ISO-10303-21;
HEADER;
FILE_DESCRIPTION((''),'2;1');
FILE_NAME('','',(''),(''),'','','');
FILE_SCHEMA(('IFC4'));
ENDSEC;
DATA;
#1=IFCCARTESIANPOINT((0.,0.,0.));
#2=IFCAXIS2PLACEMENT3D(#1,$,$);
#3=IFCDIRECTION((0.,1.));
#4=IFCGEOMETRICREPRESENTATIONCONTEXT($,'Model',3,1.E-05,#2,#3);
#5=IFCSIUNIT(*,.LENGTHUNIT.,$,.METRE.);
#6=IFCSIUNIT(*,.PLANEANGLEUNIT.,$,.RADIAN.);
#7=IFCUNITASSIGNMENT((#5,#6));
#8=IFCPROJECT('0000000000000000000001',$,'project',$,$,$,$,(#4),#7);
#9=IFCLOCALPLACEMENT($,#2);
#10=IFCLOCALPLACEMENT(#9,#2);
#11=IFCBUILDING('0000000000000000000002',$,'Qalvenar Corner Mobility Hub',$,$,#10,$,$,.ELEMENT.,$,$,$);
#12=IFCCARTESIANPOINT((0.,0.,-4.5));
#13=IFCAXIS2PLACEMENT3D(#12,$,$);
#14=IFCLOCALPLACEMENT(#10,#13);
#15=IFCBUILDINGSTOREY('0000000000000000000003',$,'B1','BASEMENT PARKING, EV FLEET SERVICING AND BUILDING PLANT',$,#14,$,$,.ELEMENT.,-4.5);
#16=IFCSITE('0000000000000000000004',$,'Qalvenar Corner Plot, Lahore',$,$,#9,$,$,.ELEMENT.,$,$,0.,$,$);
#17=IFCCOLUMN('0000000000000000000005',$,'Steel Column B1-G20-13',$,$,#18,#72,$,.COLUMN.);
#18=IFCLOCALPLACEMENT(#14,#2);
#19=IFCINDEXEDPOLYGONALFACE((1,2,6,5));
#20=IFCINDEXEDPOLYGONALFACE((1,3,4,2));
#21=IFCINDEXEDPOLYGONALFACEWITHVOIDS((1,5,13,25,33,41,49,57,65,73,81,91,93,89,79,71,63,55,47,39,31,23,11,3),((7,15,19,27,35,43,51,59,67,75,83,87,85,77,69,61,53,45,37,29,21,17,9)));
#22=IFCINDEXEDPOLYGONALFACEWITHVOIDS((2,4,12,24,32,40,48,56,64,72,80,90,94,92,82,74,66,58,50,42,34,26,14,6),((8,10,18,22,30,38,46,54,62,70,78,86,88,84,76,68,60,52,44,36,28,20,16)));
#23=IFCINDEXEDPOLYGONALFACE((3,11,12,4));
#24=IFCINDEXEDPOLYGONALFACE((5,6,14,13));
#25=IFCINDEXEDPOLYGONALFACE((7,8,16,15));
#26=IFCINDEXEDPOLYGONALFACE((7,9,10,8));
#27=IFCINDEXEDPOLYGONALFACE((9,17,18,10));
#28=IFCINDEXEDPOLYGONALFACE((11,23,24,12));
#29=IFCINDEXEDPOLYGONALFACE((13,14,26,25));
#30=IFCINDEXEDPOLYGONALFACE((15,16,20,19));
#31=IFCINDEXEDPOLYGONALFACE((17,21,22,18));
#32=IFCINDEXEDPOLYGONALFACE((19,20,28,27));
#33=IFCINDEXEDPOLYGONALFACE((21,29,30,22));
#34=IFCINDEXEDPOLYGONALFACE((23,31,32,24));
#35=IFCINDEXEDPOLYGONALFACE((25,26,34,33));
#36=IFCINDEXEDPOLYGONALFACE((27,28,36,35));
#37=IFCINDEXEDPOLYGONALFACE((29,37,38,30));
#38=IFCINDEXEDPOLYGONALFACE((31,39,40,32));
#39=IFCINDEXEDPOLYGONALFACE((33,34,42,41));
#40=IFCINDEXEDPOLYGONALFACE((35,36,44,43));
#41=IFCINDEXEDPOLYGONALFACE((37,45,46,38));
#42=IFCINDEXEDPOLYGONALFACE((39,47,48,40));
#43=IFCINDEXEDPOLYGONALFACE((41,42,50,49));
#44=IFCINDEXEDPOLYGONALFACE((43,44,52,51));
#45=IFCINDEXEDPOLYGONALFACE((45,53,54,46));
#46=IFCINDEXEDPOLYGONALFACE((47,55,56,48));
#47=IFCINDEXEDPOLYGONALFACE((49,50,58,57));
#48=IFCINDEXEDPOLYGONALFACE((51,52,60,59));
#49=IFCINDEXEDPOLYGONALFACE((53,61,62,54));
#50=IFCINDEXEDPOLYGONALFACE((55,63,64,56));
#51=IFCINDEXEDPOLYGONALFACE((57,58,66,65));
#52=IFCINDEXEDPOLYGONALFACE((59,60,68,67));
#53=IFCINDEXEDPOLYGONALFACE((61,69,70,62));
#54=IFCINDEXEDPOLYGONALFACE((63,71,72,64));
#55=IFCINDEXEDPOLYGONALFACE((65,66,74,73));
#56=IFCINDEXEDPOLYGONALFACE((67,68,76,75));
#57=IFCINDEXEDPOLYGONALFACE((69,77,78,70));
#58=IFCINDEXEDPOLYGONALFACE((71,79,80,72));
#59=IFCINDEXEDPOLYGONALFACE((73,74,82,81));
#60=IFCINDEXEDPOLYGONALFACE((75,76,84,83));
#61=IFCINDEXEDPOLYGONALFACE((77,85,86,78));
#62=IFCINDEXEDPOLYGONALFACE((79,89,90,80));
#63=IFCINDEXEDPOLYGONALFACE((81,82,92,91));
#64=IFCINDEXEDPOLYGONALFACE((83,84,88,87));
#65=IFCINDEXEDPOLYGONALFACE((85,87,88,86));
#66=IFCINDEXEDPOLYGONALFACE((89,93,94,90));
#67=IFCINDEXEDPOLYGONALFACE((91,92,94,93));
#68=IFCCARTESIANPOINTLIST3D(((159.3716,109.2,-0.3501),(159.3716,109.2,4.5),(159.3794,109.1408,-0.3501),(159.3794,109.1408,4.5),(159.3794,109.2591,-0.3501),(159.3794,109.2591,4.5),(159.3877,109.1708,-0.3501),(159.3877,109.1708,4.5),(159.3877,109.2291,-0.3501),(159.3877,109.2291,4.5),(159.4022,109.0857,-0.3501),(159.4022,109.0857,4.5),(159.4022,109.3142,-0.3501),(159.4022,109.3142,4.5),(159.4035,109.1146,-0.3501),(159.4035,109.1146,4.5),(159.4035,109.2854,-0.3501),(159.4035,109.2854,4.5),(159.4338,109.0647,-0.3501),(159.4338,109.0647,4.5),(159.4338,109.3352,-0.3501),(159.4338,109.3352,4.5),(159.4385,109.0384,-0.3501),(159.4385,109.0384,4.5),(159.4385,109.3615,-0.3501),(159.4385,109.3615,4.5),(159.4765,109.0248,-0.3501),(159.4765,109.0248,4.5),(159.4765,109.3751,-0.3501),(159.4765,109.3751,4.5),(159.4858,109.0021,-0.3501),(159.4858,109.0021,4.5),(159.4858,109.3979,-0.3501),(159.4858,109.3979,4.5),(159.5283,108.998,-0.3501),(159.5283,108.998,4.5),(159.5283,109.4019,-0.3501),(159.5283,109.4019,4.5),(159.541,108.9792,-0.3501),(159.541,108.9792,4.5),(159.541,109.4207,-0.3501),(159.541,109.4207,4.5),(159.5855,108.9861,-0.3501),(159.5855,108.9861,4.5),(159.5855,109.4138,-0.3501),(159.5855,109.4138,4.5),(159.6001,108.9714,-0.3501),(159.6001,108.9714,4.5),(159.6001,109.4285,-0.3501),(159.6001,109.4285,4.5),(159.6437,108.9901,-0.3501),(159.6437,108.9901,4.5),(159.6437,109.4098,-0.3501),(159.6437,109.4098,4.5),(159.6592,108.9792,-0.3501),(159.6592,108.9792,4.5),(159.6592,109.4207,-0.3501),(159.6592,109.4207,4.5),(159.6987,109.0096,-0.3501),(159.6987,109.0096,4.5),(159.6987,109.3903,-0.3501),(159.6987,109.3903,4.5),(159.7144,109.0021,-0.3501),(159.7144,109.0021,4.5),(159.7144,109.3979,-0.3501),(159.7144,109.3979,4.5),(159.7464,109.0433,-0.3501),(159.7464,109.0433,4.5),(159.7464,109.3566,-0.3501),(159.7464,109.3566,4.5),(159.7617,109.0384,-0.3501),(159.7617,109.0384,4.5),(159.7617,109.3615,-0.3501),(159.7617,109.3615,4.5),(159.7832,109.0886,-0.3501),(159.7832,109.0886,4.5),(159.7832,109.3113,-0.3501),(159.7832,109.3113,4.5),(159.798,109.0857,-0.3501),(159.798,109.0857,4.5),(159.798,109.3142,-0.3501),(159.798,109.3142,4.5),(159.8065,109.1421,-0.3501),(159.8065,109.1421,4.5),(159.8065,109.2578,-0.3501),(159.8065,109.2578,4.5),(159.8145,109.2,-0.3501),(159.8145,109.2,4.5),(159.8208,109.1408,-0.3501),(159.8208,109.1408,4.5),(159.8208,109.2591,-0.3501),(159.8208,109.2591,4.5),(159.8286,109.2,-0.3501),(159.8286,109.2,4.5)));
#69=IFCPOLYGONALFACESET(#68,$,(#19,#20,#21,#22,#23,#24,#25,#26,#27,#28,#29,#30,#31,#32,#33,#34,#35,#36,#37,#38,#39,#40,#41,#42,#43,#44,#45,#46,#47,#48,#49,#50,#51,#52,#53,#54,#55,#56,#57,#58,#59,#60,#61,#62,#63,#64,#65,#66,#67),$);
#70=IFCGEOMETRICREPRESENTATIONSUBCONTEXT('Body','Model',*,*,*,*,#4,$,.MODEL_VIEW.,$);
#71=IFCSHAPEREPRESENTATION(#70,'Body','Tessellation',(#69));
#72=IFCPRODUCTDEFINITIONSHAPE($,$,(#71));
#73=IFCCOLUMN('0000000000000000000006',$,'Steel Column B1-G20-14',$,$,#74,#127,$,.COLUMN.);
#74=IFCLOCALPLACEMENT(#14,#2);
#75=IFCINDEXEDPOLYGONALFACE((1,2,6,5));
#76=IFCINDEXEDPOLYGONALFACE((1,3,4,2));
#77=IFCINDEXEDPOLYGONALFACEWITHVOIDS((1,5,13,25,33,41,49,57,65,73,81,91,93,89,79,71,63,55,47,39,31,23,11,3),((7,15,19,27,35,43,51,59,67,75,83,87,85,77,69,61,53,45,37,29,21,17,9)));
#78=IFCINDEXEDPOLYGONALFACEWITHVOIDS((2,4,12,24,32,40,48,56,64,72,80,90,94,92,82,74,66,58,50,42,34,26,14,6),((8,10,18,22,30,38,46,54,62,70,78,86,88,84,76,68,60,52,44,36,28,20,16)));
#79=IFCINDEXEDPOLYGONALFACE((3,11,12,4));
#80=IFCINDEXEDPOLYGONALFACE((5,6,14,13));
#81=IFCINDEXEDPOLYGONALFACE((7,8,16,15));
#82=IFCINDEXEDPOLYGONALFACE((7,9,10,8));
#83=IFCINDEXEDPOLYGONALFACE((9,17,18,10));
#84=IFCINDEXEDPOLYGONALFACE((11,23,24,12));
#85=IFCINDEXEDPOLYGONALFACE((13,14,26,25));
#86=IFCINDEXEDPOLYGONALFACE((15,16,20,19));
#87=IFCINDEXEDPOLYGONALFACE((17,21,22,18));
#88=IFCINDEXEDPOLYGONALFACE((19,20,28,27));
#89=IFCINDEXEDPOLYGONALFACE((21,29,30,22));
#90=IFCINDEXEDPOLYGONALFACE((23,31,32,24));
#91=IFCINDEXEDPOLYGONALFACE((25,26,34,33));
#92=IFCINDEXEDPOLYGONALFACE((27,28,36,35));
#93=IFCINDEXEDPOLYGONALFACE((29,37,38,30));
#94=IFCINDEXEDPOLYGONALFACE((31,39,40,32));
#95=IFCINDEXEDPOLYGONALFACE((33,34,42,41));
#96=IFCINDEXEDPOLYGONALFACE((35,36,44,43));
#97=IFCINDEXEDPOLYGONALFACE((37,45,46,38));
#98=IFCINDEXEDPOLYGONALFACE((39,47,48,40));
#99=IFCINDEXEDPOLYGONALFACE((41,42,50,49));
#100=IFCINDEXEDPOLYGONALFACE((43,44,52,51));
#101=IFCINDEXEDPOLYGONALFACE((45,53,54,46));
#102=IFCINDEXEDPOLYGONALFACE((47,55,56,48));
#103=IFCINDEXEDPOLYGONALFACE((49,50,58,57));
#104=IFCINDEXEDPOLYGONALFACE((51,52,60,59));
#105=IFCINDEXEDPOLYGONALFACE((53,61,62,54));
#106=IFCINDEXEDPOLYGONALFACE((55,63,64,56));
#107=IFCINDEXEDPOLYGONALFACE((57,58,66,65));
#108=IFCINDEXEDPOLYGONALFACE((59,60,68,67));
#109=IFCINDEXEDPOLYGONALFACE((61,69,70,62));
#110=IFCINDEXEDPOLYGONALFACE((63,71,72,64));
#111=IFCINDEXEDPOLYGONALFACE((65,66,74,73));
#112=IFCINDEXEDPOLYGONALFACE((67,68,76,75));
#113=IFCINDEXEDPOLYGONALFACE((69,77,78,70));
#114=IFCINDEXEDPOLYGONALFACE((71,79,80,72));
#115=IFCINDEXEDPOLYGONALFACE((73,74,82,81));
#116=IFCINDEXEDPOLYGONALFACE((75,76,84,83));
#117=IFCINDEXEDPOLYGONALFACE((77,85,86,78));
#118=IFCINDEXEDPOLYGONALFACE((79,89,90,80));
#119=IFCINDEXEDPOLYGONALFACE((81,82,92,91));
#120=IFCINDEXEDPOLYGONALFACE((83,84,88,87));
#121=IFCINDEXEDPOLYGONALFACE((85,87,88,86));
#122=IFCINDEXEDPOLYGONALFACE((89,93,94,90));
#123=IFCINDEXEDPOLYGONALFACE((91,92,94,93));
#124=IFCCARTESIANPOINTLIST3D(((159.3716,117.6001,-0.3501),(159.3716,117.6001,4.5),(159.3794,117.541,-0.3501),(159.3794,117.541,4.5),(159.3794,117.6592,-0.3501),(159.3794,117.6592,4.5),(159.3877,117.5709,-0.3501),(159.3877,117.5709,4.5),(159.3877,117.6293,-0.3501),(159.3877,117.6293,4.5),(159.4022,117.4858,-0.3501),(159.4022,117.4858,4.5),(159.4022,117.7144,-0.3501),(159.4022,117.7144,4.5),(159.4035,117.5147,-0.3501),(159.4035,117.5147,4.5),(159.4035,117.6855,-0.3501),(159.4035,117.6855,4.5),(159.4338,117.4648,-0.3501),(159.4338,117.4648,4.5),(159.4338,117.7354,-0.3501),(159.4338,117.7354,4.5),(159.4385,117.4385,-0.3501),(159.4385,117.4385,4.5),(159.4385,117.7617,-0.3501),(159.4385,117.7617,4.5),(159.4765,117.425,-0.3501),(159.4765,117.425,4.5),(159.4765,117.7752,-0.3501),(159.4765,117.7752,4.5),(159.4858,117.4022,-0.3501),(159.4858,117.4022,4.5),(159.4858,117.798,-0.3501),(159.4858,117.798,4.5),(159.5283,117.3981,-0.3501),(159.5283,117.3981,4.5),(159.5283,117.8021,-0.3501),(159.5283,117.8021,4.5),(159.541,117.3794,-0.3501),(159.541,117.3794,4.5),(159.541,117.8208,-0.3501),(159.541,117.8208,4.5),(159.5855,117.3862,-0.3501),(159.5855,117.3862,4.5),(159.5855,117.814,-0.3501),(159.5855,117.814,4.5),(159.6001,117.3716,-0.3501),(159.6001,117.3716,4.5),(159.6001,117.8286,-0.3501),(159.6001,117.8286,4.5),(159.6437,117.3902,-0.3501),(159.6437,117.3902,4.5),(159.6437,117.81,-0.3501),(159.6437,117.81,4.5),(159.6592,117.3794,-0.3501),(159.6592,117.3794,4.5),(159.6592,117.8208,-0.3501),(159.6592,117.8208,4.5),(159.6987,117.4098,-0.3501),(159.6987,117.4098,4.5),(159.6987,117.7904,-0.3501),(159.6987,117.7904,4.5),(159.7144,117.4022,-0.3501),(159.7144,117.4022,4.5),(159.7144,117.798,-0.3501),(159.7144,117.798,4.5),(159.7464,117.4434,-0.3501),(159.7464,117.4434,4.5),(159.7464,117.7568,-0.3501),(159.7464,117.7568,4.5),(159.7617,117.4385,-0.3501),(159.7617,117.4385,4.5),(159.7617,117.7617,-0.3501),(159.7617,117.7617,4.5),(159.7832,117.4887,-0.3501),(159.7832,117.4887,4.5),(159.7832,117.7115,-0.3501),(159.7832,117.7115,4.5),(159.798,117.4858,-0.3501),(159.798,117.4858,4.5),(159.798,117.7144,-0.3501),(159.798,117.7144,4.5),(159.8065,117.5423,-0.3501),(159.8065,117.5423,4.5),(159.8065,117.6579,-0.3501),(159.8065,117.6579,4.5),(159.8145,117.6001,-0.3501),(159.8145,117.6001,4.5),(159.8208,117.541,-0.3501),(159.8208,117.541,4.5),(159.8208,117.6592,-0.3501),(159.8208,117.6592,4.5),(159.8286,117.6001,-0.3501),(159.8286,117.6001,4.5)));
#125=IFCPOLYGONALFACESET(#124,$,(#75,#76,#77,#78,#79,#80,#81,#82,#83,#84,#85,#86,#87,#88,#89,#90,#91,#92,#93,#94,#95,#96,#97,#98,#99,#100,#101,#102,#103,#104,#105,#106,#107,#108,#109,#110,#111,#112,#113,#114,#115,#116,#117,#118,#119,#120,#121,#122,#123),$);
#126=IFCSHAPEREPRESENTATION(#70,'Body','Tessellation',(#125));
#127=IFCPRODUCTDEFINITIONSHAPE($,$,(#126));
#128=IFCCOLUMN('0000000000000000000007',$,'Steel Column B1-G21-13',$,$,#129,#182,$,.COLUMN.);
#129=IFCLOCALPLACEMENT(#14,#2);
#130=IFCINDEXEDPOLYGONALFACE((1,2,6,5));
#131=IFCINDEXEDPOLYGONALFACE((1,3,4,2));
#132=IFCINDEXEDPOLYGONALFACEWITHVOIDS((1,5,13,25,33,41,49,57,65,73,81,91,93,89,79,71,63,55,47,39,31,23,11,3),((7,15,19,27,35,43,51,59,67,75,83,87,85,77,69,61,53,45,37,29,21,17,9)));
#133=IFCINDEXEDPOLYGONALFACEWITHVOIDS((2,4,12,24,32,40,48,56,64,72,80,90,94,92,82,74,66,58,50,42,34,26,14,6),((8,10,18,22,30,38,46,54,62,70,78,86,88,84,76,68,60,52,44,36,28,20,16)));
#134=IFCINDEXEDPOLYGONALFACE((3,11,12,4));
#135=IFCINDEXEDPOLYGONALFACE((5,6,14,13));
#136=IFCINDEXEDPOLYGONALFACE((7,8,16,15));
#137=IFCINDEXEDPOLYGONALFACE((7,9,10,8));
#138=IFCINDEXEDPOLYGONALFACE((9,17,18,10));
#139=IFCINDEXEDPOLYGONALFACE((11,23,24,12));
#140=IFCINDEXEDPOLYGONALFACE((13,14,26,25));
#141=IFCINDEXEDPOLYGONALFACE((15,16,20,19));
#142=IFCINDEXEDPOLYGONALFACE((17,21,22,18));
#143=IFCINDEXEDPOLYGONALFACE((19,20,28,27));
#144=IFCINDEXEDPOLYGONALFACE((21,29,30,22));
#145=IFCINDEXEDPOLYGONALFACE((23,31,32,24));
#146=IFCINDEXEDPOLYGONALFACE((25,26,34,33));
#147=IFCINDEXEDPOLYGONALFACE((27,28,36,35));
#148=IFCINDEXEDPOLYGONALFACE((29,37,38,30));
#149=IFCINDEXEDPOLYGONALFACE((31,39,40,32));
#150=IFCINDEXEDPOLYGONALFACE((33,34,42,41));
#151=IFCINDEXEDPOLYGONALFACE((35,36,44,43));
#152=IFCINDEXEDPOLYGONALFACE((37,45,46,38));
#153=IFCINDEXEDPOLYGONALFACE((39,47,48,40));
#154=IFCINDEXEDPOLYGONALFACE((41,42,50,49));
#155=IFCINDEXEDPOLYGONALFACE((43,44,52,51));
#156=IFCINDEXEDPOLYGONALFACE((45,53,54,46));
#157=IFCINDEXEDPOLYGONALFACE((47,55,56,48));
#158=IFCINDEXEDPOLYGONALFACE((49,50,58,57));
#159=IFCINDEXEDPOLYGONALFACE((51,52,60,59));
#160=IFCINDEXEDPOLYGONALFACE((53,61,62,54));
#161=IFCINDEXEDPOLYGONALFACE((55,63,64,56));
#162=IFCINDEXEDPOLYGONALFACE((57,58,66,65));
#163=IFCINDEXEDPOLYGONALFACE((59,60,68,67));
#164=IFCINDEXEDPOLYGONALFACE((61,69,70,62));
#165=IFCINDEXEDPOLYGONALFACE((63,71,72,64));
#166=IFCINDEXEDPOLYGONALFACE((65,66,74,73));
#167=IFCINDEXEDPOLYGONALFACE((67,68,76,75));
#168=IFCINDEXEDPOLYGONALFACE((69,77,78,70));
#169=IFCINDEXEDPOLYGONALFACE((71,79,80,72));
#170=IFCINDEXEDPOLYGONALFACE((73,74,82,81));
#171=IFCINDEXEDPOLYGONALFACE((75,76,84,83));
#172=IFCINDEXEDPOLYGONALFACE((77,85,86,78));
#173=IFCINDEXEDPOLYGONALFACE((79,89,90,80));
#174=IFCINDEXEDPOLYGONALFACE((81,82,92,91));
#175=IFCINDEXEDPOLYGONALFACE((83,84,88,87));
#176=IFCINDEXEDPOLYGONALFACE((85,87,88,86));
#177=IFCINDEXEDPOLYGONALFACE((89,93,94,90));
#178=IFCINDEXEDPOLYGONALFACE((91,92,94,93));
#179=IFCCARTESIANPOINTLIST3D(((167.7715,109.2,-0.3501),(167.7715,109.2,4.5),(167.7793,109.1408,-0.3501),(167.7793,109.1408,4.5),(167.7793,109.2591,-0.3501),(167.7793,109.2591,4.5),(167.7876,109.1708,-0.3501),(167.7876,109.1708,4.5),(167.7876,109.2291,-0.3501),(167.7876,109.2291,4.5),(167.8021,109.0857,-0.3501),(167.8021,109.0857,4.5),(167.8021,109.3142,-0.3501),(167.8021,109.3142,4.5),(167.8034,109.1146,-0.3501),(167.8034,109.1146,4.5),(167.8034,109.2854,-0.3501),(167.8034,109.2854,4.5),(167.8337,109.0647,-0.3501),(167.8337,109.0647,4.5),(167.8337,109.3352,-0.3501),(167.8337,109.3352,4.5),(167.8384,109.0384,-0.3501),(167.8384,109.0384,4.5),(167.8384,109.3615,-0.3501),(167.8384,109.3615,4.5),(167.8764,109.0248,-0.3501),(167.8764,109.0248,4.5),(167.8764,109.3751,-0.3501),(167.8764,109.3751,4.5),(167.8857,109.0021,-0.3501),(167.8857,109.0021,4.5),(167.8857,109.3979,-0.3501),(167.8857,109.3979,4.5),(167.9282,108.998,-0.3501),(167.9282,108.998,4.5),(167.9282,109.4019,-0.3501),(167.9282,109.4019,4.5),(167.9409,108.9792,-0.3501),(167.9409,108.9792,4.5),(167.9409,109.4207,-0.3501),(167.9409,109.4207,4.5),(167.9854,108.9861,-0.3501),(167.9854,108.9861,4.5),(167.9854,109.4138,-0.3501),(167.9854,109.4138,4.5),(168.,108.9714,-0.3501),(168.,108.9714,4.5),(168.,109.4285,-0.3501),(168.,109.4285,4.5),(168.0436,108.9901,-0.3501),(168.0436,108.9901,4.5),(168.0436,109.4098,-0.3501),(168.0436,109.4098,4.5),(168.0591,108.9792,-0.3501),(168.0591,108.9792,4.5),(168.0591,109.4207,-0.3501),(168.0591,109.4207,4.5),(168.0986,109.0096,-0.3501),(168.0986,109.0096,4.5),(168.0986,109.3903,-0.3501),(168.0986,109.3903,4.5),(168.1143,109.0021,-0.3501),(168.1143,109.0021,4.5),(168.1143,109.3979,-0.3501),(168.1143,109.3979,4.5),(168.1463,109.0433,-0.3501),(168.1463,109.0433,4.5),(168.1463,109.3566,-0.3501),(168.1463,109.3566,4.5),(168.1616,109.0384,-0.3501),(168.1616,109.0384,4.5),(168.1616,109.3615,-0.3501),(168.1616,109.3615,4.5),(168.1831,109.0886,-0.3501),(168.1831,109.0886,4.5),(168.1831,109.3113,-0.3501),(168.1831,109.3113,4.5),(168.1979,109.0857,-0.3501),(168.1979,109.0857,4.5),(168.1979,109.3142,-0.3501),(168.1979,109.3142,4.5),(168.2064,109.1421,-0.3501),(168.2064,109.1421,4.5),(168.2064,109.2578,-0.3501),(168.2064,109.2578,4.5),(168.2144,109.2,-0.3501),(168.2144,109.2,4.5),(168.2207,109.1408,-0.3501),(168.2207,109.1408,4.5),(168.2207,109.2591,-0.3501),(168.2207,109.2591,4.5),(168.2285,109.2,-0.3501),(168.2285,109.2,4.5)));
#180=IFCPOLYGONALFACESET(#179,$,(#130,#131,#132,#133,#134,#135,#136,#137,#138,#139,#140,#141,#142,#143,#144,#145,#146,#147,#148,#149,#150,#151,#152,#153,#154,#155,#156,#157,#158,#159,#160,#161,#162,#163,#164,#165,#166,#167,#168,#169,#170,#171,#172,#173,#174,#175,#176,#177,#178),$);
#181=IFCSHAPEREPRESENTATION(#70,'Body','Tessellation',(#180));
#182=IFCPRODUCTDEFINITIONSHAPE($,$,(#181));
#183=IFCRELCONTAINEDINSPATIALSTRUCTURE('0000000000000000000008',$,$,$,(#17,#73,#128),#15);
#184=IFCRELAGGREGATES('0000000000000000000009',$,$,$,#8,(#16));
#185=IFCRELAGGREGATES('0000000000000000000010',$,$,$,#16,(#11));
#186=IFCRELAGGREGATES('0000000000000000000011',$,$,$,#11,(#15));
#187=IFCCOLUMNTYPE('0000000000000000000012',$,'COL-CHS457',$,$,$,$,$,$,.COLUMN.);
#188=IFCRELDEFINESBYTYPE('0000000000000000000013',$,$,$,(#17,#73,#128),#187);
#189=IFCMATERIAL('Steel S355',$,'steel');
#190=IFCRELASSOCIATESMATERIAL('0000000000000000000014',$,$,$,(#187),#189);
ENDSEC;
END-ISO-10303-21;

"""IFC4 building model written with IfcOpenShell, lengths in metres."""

from ifc_helpers import new_model, si_unit, direction, frame, origin, origin_2d, place, context, subcontext, project, spatial, hollow_circle, extrude, material, material_profile, profile_set, type_object, element, save


model = new_model("IFC4")

# Units and contexts
model_context = context("Model", 3, precision=1e-05, world=origin(), true_north=direction((0.0, 1.0)))
body_context = subcontext(model_context, "Body", "Model", "MODEL_VIEW")
ifc_project = project(units=[si_unit("LENGTHUNIT", "METRE"), si_unit("PLANEANGLEUNIT", "RADIAN")], contexts=[model_context])

# Site, building, storey
site_placement = place(None, origin())
site = spatial("IfcSite", under=ifc_project, at=site_placement, Name="Qalvenar Corner Plot, Lahore", CompositionType="ELEMENT", RefElevation=0.0)
building_placement = place(site_placement, origin())
building = spatial("IfcBuilding", under=site, at=building_placement, Name="Qalvenar Corner Mobility Hub", CompositionType="ELEMENT")
storey_placement = place(building_placement, frame((0.0, 0.0, -4.5)))
storey = spatial("IfcBuildingStorey", under=building, at=storey_placement, Name="B1", Description="BASEMENT PARKING, EV FLEET SERVICING AND BUILDING PLANT", CompositionType="ELEMENT", Elevation=-4.5)

# Columns
ifc_material_1 = material(Name="Steel S355", Category="steel")
ifc_material_profile_1 = material_profile(ifc_material_1, hollow_circle(Radius=0.2285, WallThickness=0.0142, at=origin_2d()), Name="CHS457x14.2")
ifc_profile_set_1 = profile_set([ifc_material_profile_1], Name="Steel S355")
column_type = type_object("IfcColumnType", Name="COL-CHS457", PredefinedType="COLUMN", material=ifc_profile_set_1)
for number, where, z_axis, x_axis, name in (
    (1, (159.6001, 109.2, -0.3501), (0.0, 0.0, 1.0), (1.0, 0.0, 0.0), "Steel Column B1-G20-13"),
    (2, (159.6001, 117.6001, -0.3501), (0.0, 0.0, 1.0), (1.0, 0.0, 0.0), "Steel Column B1-G20-14"),
    (3, (168.0, 109.2, -0.3501), (0.0, 0.0, 1.0), (1.0, 0.0, 0.0), "Steel Column B1-G21-13"),
):
    element("IfcColumn", number, at=place(storey_placement, frame(where, z_axis=z_axis, x_axis=x_axis)), inside=storey, type_object=column_type, Name=name, PredefinedType="COLUMN", context=body_context, shape_type="SweptSolid", body=[
        extrude(hollow_circle(Radius=0.2285, WallThickness=0.0142, at=origin_2d()), origin(), (0.0, 0.0, 1.0), 4.8501),
    ])

save(model, "model.ifc")
